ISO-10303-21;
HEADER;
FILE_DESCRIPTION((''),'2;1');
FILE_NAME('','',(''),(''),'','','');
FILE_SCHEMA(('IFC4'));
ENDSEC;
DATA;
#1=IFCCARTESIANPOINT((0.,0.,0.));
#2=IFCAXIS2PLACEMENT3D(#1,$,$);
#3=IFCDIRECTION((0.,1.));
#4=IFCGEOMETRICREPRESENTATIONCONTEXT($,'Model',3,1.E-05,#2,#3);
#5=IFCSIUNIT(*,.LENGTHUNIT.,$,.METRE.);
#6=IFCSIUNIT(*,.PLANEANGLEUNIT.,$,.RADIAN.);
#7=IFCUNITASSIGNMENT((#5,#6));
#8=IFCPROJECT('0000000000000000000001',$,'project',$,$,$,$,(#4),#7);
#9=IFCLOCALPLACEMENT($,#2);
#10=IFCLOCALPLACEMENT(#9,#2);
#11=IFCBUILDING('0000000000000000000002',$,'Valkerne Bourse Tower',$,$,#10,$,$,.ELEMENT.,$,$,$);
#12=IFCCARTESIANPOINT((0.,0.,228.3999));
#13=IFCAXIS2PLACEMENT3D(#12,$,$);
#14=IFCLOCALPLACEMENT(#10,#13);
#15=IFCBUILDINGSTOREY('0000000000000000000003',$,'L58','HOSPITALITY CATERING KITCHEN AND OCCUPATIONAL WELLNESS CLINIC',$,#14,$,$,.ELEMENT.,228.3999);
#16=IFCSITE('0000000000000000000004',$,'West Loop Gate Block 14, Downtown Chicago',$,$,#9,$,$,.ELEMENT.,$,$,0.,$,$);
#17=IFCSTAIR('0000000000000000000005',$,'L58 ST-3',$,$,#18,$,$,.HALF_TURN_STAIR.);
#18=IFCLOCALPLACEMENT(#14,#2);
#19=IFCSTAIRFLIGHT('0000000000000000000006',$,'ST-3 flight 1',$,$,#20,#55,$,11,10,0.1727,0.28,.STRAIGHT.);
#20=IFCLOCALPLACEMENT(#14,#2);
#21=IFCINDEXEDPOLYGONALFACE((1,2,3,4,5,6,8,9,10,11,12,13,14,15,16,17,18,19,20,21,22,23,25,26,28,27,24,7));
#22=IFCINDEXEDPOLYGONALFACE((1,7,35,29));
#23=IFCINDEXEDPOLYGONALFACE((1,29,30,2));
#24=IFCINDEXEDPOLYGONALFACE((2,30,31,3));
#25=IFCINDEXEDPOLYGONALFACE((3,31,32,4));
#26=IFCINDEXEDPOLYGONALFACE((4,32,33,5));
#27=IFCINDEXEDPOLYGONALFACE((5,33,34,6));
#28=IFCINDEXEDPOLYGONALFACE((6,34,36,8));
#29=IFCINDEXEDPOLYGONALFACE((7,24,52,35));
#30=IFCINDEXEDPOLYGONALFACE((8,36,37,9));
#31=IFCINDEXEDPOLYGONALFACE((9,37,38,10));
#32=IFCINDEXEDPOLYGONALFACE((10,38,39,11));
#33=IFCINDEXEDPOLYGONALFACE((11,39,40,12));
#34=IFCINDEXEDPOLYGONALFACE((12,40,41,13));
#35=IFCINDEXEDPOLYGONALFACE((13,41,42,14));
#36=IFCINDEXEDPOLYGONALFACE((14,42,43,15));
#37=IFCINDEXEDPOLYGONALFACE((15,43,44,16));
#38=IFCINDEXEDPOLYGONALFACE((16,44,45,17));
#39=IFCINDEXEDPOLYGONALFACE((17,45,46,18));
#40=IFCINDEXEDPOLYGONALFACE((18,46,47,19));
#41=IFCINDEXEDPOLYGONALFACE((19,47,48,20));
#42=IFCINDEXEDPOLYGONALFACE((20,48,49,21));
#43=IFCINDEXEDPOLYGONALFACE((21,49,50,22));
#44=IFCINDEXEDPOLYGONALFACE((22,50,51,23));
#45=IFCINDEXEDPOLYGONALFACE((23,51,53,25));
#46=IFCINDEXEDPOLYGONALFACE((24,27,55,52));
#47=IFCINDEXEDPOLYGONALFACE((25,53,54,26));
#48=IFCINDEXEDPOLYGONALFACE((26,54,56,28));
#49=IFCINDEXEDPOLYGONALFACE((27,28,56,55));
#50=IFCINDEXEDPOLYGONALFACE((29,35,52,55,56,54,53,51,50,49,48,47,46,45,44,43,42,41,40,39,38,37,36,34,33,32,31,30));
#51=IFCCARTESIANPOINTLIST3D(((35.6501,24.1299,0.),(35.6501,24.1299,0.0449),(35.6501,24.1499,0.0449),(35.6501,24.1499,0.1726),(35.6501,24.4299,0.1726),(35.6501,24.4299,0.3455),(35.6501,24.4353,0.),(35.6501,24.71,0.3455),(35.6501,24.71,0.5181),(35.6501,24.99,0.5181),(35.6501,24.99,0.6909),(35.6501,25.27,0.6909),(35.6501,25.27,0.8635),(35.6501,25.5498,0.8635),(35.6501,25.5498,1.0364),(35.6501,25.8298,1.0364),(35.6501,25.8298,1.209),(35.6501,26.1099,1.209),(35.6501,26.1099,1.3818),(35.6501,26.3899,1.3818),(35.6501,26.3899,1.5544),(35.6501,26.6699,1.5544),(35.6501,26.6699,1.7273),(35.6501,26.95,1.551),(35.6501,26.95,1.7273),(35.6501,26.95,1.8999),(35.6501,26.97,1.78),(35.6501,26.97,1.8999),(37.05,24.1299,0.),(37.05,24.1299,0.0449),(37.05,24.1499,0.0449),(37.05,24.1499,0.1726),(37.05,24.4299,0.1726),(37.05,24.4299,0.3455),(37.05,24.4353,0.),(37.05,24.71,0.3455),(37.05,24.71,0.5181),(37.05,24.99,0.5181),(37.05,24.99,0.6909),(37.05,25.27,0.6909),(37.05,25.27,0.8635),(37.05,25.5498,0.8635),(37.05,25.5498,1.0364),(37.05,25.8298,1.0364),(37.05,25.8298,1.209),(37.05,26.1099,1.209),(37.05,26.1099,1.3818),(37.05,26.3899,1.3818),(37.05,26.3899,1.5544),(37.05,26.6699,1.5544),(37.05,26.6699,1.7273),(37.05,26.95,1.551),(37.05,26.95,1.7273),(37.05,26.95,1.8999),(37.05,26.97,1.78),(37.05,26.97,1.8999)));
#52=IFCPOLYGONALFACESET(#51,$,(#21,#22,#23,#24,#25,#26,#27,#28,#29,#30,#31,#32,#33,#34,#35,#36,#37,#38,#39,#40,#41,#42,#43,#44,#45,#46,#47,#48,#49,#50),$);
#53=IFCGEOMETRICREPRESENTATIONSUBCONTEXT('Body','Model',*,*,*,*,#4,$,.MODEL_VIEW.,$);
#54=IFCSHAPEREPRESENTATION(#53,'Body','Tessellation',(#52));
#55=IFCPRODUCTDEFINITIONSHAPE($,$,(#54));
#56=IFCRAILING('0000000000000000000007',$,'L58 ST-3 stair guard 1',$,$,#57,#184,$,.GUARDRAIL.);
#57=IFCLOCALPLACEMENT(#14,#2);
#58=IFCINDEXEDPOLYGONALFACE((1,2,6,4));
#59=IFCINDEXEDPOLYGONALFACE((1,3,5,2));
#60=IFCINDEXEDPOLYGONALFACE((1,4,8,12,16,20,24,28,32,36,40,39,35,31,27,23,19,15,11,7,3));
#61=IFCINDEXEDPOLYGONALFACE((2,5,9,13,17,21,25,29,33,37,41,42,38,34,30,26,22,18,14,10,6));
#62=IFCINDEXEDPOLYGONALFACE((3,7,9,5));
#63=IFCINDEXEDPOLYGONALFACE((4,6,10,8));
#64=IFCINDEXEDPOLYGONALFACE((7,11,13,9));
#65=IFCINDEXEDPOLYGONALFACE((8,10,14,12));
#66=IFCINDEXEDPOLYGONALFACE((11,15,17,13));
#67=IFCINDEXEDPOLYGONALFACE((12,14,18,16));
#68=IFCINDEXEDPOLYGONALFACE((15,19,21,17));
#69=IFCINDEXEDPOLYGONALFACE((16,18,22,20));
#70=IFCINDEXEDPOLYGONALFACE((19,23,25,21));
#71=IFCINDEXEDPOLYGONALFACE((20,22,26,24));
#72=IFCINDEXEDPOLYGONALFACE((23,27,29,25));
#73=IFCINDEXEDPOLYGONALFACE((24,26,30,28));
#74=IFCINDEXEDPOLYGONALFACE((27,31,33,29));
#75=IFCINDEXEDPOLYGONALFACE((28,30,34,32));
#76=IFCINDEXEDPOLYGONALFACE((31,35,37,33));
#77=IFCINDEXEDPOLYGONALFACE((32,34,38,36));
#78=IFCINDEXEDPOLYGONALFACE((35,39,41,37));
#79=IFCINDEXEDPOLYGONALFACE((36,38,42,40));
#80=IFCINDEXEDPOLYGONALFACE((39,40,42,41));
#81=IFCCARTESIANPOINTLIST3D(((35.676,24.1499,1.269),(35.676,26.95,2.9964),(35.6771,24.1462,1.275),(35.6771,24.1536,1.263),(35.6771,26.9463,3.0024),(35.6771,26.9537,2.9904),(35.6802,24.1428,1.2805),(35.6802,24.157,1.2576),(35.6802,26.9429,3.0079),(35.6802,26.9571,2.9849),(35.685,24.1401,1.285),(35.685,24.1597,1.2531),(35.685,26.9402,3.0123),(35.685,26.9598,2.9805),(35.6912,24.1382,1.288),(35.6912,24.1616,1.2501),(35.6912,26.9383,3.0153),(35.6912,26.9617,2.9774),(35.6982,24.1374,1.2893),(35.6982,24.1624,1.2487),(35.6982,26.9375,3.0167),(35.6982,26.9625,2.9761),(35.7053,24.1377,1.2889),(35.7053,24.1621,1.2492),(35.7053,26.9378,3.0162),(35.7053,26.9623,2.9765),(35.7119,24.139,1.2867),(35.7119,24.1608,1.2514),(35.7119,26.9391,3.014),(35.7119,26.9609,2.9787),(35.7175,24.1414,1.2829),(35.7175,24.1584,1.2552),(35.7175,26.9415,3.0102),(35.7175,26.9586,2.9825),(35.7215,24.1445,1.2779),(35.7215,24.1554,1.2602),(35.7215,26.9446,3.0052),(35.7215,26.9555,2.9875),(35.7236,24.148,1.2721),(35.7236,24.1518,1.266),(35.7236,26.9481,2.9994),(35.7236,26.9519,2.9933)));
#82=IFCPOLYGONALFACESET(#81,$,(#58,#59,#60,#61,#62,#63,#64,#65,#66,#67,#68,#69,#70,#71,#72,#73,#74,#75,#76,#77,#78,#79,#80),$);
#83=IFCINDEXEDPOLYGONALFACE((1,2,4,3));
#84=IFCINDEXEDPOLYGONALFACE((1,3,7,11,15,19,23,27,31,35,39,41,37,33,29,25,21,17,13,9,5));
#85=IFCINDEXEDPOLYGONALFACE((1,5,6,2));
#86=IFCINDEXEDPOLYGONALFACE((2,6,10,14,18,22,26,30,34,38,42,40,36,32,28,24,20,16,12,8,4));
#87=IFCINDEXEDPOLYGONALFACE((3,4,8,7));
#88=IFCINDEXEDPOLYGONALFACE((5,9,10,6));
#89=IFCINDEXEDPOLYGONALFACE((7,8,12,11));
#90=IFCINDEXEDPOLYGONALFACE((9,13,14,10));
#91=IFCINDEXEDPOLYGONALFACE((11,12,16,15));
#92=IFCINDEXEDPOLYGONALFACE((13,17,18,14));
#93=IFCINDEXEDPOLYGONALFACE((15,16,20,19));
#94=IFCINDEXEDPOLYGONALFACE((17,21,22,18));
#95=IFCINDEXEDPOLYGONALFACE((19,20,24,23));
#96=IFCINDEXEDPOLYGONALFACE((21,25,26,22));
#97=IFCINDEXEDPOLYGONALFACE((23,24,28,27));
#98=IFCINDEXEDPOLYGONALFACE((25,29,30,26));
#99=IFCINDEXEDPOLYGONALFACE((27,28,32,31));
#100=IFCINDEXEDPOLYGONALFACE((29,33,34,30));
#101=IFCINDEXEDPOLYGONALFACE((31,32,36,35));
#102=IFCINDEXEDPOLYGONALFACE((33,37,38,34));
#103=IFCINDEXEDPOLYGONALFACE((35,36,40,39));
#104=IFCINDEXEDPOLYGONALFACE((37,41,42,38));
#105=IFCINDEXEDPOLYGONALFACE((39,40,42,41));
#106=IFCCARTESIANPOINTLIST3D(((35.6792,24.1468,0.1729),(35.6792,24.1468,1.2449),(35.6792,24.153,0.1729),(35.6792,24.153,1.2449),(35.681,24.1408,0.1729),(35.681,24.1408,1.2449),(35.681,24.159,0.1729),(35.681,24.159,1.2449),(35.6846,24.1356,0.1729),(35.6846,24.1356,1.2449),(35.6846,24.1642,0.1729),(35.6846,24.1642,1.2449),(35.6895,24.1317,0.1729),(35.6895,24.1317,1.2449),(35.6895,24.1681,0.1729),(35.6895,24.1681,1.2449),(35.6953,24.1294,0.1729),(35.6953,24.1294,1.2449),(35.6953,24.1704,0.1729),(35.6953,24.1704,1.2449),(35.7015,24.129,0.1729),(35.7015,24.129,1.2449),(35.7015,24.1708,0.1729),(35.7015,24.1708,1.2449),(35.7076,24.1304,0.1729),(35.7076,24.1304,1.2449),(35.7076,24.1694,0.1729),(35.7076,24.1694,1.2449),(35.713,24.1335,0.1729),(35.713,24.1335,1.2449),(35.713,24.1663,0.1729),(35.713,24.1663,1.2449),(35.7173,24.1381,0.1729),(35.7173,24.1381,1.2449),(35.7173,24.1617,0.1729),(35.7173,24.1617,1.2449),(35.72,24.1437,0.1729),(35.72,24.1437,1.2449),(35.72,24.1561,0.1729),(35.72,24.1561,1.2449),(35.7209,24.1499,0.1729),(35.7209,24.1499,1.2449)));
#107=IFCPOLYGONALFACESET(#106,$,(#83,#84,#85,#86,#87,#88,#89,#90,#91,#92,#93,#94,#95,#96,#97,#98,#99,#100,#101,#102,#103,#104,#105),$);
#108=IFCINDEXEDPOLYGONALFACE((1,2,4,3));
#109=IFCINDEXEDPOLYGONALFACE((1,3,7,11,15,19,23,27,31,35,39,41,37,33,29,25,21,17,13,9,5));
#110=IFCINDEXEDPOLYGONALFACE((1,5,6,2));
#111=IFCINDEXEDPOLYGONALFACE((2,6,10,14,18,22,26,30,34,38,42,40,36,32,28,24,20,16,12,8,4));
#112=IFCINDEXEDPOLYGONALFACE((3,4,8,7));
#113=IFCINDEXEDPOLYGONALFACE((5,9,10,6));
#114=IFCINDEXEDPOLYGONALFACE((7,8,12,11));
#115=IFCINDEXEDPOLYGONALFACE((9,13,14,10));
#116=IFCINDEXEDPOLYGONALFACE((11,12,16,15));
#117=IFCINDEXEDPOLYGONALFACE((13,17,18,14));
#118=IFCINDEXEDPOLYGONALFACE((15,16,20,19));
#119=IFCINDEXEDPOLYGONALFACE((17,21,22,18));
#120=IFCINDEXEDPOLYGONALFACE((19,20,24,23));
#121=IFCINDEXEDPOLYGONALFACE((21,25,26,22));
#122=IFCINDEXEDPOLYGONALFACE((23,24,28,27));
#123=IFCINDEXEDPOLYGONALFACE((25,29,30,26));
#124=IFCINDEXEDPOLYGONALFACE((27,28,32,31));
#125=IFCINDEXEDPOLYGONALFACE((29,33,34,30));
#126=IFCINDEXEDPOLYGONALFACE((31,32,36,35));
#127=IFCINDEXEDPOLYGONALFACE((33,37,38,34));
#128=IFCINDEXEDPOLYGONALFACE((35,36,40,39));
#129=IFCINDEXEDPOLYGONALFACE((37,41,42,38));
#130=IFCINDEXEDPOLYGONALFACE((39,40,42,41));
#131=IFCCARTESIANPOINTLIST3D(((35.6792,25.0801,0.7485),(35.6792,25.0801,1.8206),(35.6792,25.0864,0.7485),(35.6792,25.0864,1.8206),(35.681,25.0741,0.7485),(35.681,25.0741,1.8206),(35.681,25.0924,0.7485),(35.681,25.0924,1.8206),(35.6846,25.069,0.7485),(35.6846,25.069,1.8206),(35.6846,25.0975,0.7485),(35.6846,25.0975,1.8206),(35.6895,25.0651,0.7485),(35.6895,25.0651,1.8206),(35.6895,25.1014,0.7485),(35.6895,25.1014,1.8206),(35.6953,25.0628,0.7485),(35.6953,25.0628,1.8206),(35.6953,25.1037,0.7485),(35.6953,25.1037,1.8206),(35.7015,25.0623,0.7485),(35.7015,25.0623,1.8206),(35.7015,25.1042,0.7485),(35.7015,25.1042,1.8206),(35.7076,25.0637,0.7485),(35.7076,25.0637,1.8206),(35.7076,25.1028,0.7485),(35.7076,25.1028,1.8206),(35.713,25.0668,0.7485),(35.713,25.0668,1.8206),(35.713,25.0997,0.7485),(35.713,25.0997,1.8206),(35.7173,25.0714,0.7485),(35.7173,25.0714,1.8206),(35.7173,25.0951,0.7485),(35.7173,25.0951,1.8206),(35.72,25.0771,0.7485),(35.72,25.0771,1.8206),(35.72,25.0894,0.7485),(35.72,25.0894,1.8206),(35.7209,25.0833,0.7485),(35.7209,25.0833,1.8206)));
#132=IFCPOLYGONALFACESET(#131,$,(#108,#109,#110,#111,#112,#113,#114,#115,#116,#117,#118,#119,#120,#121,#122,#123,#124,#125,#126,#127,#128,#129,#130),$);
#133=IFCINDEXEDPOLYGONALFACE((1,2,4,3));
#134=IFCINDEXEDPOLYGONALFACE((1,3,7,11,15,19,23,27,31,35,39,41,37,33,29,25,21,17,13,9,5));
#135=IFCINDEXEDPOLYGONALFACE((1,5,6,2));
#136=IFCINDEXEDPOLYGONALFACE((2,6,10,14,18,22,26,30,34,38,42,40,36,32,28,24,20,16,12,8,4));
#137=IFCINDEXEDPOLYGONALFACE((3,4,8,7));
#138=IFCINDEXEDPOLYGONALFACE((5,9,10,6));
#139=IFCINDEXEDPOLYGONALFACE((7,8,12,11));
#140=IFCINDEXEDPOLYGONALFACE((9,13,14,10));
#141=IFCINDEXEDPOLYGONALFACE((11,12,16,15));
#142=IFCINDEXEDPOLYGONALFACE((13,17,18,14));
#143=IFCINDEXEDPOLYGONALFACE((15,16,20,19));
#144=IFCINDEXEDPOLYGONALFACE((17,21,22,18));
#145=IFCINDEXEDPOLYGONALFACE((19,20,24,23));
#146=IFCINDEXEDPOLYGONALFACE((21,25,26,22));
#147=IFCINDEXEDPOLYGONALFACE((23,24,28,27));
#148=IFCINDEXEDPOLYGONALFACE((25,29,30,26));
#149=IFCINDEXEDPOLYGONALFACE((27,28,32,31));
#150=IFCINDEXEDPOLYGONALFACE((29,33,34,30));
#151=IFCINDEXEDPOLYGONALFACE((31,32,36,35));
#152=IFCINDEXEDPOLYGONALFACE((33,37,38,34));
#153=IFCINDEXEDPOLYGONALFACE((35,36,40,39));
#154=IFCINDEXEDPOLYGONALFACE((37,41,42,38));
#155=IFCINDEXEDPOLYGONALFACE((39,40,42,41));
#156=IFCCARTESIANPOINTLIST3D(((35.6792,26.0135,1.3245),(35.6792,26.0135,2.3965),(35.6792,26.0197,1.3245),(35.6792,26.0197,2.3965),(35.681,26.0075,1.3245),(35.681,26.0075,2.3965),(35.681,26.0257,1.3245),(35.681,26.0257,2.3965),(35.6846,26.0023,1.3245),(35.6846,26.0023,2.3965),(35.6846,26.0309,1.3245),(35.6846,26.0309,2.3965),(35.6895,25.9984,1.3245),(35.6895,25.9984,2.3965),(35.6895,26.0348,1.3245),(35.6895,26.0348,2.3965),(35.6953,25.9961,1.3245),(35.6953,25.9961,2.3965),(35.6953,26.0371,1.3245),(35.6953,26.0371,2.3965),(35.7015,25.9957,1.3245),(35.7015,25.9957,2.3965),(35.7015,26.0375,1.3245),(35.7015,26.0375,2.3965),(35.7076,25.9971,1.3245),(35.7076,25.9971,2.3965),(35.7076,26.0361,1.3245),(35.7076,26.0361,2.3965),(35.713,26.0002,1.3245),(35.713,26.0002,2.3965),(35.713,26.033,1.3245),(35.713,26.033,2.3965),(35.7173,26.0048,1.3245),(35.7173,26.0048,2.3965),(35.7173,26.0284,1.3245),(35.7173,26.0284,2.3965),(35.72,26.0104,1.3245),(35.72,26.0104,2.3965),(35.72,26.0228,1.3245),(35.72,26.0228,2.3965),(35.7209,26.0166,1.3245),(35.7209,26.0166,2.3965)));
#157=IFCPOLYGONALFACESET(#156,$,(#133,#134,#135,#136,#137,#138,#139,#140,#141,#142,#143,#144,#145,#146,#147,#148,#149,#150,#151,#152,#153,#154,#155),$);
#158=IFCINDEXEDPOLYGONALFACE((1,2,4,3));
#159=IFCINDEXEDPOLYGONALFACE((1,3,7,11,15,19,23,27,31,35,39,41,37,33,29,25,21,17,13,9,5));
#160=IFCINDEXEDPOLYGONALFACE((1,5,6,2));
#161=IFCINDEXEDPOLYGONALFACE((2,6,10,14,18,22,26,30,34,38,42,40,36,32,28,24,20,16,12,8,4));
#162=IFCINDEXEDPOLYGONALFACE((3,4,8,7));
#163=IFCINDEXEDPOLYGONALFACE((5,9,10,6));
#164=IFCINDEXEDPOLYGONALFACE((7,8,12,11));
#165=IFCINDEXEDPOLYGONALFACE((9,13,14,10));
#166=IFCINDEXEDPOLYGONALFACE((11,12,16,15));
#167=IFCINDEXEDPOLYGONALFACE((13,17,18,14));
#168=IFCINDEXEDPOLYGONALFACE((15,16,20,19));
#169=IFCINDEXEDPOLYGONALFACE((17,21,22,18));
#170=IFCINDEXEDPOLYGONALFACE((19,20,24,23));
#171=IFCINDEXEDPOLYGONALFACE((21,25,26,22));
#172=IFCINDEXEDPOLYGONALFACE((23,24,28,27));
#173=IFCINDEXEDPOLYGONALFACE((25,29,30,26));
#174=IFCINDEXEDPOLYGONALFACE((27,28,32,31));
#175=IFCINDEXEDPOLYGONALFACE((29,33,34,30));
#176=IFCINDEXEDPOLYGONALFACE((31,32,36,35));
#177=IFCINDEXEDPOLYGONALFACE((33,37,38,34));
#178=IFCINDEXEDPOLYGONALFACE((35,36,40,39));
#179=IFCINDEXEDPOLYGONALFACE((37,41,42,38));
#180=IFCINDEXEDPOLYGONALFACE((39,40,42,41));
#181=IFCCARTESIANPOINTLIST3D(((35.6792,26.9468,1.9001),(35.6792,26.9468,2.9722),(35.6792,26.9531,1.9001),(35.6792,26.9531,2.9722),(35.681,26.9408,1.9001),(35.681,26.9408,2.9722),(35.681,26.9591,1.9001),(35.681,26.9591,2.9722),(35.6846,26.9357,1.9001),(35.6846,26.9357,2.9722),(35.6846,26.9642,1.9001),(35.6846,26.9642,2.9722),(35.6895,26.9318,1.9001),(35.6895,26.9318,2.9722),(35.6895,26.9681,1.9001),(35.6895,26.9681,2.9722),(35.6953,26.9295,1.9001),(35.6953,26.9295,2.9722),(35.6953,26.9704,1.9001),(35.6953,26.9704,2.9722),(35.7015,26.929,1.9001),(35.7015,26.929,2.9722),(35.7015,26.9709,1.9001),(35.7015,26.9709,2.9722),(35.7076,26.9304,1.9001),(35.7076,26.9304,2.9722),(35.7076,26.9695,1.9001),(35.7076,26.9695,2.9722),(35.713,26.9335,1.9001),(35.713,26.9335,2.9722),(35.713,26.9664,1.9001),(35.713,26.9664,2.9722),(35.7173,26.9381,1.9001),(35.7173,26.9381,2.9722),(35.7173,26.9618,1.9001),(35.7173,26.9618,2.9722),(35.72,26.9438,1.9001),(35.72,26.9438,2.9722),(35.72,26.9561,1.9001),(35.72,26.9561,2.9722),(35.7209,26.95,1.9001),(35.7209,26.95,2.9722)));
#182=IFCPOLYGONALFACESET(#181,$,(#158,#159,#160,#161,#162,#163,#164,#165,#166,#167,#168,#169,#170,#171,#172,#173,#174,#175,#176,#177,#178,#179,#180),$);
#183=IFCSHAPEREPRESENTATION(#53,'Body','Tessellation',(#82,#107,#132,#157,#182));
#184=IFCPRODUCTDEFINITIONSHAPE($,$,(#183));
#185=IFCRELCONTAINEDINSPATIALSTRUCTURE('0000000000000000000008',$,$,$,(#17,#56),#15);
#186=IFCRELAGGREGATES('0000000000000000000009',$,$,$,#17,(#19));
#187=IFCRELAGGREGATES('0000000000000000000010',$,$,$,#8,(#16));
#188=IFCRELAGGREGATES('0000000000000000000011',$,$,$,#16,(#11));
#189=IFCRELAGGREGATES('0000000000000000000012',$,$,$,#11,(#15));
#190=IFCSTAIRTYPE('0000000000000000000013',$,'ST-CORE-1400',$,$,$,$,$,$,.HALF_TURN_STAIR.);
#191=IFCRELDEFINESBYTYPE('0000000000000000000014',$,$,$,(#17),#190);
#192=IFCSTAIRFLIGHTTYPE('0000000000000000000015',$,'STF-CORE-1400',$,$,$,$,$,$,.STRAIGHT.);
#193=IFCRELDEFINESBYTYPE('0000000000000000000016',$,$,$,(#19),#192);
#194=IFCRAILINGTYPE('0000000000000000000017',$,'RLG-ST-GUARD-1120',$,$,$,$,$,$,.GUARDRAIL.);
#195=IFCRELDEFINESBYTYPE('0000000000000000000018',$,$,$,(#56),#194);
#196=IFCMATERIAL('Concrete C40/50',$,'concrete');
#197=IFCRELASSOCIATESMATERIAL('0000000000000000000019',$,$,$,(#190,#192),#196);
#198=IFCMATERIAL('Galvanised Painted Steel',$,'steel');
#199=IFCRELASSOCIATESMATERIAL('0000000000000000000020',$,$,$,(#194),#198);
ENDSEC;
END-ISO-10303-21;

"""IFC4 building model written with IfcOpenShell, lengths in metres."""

from ifc_helpers import new_model, si_unit, direction, frame, origin, origin_2d, place, context, subcontext, project, spatial, polyline, circle, outline, extrude, material, type_object, element, aggregate, save


model = new_model("IFC4")

# Units and contexts
model_context = context("Model", 3, precision=1e-05, world=origin(), true_north=direction((0.0, 1.0)))
body_context = subcontext(model_context, "Body", "Model", "MODEL_VIEW")
ifc_project = project(units=[si_unit("LENGTHUNIT", "METRE"), si_unit("PLANEANGLEUNIT", "RADIAN")], contexts=[model_context])

# Site, building, storey
site_placement = place(None, origin())
site = spatial("IfcSite", under=ifc_project, at=site_placement, Name="West Loop Gate Block 14, Downtown Chicago", CompositionType="ELEMENT", RefElevation=0.0)
building_placement = place(site_placement, origin())
building = spatial("IfcBuilding", under=site, at=building_placement, Name="Valkerne Bourse Tower", CompositionType="ELEMENT")
storey_placement = place(building_placement, frame((0.0, 0.0, 228.3999)))
storey = spatial("IfcBuildingStorey", under=building, at=storey_placement, Name="L58", Description="HOSPITALITY CATERING KITCHEN AND OCCUPATIONAL WELLNESS CLINIC", CompositionType="ELEMENT", Elevation=228.3999)

# Shared definitions
ifc_material_1 = material(Name="Concrete C40/50", Category="concrete")

# Stair, stair flight
stair_type = type_object("IfcStairType", Name="ST-CORE-1400", PredefinedType="HALF_TURN_STAIR", material=ifc_material_1)
stair_placement = place(storey_placement, origin())
stair = element("IfcStair", 1, at=stair_placement, inside=storey, type_object=stair_type, Name="L58 ST-3", PredefinedType="HALF_TURN_STAIR")
stair_flight_type = type_object("IfcStairFlightType", Name="STF-CORE-1400", PredefinedType="STRAIGHT", material=ifc_material_1)
stair_flight_placement = place(storey_placement, frame((36.3501, 24.1499, 0.0), z_axis=(0.0, 0.0, 1.0), x_axis=(0.0, 1.0, 0.0)))
stair_flight = element("IfcStairFlight", 2, at=stair_flight_placement, type_object=stair_flight_type, Name="ST-3 flight 1", NumberOfRisers=11, NumberOfTreads=10, PredefinedType="STRAIGHT", RiserHeight=0.1727, TreadLength=0.28, context=body_context, shape_type="SweptSolid", body=[
    extrude(outline(polyline([(-0.02, 0.0), (-0.02, 0.0449), (0.0, 0.0449), (0.0, 0.1726), (0.28, 0.1726), (0.28, 0.3455), (0.5601, 0.3455), (0.5601, 0.5181), (0.8401, 0.5181), (0.8401, 0.6909), (1.1201, 0.6909), (1.1201, 0.8635), (1.3999, 0.8635), (1.3999, 1.0364), (1.6799, 1.0364), (1.6799, 1.209), (1.96, 1.209), (1.96, 1.3818), (2.24, 1.3818), (2.24, 1.5544), (2.52, 1.5544), (2.52, 1.7273), (2.8, 1.7273), (2.8, 1.8999), (2.8201, 1.8999), (2.8201, 1.78), (2.8, 1.551), (0.2854, 0.0), (-0.02, 0.0)])), frame((0.0, 0.7, 0.0), z_axis=(0.0, -1.0, 0.0), x_axis=(1.0, 0.0, 0.0)), (0.0, 0.0, 1.0), 1.3999),
])
aggregate(stair, [stair_flight])

# Railing
ifc_material_2 = material(Name="Galvanised Painted Steel", Category="steel")
railing_type_1 = type_object("IfcRailingType", Name="RLG-ST-GUARD-1120", PredefinedType="GUARDRAIL", material=ifc_material_2)
railing_1_placement = place(storey_placement, frame((35.7, 24.1499, 0.1729)))
element("IfcRailing", 3, at=railing_1_placement, inside=storey, type_object=railing_type_1, Name="L58 ST-3 stair guard 1", PredefinedType="GUARDRAIL", context=body_context, shape_type="SweptSolid", body=[
    extrude(circle(Radius=0.0239, at=origin_2d()), frame((0.0, 0.0, 1.0962), z_axis=(0.0, 0.85109, 0.52502), x_axis=(-1.0, 0.0, 0.0)), (0.0, 0.0, 1.0), 3.29),
    extrude(circle(Radius=0.021, at=origin_2d()), origin(), (0.0, 0.0, 1.0), 1.072),
    extrude(circle(Radius=0.021, at=origin_2d()), frame((0.0, 0.9333, 0.5757)), (0.0, 0.0, 1.0), 1.072),
    extrude(circle(Radius=0.021, at=origin_2d()), frame((0.0, 1.8667, 1.1516)), (0.0, 0.0, 1.0), 1.072),
    extrude(circle(Radius=0.021, at=origin_2d()), frame((0.0, 2.8, 1.7273)), (0.0, 0.0, 1.0), 1.072),
])

save(model, "model.ifc")
